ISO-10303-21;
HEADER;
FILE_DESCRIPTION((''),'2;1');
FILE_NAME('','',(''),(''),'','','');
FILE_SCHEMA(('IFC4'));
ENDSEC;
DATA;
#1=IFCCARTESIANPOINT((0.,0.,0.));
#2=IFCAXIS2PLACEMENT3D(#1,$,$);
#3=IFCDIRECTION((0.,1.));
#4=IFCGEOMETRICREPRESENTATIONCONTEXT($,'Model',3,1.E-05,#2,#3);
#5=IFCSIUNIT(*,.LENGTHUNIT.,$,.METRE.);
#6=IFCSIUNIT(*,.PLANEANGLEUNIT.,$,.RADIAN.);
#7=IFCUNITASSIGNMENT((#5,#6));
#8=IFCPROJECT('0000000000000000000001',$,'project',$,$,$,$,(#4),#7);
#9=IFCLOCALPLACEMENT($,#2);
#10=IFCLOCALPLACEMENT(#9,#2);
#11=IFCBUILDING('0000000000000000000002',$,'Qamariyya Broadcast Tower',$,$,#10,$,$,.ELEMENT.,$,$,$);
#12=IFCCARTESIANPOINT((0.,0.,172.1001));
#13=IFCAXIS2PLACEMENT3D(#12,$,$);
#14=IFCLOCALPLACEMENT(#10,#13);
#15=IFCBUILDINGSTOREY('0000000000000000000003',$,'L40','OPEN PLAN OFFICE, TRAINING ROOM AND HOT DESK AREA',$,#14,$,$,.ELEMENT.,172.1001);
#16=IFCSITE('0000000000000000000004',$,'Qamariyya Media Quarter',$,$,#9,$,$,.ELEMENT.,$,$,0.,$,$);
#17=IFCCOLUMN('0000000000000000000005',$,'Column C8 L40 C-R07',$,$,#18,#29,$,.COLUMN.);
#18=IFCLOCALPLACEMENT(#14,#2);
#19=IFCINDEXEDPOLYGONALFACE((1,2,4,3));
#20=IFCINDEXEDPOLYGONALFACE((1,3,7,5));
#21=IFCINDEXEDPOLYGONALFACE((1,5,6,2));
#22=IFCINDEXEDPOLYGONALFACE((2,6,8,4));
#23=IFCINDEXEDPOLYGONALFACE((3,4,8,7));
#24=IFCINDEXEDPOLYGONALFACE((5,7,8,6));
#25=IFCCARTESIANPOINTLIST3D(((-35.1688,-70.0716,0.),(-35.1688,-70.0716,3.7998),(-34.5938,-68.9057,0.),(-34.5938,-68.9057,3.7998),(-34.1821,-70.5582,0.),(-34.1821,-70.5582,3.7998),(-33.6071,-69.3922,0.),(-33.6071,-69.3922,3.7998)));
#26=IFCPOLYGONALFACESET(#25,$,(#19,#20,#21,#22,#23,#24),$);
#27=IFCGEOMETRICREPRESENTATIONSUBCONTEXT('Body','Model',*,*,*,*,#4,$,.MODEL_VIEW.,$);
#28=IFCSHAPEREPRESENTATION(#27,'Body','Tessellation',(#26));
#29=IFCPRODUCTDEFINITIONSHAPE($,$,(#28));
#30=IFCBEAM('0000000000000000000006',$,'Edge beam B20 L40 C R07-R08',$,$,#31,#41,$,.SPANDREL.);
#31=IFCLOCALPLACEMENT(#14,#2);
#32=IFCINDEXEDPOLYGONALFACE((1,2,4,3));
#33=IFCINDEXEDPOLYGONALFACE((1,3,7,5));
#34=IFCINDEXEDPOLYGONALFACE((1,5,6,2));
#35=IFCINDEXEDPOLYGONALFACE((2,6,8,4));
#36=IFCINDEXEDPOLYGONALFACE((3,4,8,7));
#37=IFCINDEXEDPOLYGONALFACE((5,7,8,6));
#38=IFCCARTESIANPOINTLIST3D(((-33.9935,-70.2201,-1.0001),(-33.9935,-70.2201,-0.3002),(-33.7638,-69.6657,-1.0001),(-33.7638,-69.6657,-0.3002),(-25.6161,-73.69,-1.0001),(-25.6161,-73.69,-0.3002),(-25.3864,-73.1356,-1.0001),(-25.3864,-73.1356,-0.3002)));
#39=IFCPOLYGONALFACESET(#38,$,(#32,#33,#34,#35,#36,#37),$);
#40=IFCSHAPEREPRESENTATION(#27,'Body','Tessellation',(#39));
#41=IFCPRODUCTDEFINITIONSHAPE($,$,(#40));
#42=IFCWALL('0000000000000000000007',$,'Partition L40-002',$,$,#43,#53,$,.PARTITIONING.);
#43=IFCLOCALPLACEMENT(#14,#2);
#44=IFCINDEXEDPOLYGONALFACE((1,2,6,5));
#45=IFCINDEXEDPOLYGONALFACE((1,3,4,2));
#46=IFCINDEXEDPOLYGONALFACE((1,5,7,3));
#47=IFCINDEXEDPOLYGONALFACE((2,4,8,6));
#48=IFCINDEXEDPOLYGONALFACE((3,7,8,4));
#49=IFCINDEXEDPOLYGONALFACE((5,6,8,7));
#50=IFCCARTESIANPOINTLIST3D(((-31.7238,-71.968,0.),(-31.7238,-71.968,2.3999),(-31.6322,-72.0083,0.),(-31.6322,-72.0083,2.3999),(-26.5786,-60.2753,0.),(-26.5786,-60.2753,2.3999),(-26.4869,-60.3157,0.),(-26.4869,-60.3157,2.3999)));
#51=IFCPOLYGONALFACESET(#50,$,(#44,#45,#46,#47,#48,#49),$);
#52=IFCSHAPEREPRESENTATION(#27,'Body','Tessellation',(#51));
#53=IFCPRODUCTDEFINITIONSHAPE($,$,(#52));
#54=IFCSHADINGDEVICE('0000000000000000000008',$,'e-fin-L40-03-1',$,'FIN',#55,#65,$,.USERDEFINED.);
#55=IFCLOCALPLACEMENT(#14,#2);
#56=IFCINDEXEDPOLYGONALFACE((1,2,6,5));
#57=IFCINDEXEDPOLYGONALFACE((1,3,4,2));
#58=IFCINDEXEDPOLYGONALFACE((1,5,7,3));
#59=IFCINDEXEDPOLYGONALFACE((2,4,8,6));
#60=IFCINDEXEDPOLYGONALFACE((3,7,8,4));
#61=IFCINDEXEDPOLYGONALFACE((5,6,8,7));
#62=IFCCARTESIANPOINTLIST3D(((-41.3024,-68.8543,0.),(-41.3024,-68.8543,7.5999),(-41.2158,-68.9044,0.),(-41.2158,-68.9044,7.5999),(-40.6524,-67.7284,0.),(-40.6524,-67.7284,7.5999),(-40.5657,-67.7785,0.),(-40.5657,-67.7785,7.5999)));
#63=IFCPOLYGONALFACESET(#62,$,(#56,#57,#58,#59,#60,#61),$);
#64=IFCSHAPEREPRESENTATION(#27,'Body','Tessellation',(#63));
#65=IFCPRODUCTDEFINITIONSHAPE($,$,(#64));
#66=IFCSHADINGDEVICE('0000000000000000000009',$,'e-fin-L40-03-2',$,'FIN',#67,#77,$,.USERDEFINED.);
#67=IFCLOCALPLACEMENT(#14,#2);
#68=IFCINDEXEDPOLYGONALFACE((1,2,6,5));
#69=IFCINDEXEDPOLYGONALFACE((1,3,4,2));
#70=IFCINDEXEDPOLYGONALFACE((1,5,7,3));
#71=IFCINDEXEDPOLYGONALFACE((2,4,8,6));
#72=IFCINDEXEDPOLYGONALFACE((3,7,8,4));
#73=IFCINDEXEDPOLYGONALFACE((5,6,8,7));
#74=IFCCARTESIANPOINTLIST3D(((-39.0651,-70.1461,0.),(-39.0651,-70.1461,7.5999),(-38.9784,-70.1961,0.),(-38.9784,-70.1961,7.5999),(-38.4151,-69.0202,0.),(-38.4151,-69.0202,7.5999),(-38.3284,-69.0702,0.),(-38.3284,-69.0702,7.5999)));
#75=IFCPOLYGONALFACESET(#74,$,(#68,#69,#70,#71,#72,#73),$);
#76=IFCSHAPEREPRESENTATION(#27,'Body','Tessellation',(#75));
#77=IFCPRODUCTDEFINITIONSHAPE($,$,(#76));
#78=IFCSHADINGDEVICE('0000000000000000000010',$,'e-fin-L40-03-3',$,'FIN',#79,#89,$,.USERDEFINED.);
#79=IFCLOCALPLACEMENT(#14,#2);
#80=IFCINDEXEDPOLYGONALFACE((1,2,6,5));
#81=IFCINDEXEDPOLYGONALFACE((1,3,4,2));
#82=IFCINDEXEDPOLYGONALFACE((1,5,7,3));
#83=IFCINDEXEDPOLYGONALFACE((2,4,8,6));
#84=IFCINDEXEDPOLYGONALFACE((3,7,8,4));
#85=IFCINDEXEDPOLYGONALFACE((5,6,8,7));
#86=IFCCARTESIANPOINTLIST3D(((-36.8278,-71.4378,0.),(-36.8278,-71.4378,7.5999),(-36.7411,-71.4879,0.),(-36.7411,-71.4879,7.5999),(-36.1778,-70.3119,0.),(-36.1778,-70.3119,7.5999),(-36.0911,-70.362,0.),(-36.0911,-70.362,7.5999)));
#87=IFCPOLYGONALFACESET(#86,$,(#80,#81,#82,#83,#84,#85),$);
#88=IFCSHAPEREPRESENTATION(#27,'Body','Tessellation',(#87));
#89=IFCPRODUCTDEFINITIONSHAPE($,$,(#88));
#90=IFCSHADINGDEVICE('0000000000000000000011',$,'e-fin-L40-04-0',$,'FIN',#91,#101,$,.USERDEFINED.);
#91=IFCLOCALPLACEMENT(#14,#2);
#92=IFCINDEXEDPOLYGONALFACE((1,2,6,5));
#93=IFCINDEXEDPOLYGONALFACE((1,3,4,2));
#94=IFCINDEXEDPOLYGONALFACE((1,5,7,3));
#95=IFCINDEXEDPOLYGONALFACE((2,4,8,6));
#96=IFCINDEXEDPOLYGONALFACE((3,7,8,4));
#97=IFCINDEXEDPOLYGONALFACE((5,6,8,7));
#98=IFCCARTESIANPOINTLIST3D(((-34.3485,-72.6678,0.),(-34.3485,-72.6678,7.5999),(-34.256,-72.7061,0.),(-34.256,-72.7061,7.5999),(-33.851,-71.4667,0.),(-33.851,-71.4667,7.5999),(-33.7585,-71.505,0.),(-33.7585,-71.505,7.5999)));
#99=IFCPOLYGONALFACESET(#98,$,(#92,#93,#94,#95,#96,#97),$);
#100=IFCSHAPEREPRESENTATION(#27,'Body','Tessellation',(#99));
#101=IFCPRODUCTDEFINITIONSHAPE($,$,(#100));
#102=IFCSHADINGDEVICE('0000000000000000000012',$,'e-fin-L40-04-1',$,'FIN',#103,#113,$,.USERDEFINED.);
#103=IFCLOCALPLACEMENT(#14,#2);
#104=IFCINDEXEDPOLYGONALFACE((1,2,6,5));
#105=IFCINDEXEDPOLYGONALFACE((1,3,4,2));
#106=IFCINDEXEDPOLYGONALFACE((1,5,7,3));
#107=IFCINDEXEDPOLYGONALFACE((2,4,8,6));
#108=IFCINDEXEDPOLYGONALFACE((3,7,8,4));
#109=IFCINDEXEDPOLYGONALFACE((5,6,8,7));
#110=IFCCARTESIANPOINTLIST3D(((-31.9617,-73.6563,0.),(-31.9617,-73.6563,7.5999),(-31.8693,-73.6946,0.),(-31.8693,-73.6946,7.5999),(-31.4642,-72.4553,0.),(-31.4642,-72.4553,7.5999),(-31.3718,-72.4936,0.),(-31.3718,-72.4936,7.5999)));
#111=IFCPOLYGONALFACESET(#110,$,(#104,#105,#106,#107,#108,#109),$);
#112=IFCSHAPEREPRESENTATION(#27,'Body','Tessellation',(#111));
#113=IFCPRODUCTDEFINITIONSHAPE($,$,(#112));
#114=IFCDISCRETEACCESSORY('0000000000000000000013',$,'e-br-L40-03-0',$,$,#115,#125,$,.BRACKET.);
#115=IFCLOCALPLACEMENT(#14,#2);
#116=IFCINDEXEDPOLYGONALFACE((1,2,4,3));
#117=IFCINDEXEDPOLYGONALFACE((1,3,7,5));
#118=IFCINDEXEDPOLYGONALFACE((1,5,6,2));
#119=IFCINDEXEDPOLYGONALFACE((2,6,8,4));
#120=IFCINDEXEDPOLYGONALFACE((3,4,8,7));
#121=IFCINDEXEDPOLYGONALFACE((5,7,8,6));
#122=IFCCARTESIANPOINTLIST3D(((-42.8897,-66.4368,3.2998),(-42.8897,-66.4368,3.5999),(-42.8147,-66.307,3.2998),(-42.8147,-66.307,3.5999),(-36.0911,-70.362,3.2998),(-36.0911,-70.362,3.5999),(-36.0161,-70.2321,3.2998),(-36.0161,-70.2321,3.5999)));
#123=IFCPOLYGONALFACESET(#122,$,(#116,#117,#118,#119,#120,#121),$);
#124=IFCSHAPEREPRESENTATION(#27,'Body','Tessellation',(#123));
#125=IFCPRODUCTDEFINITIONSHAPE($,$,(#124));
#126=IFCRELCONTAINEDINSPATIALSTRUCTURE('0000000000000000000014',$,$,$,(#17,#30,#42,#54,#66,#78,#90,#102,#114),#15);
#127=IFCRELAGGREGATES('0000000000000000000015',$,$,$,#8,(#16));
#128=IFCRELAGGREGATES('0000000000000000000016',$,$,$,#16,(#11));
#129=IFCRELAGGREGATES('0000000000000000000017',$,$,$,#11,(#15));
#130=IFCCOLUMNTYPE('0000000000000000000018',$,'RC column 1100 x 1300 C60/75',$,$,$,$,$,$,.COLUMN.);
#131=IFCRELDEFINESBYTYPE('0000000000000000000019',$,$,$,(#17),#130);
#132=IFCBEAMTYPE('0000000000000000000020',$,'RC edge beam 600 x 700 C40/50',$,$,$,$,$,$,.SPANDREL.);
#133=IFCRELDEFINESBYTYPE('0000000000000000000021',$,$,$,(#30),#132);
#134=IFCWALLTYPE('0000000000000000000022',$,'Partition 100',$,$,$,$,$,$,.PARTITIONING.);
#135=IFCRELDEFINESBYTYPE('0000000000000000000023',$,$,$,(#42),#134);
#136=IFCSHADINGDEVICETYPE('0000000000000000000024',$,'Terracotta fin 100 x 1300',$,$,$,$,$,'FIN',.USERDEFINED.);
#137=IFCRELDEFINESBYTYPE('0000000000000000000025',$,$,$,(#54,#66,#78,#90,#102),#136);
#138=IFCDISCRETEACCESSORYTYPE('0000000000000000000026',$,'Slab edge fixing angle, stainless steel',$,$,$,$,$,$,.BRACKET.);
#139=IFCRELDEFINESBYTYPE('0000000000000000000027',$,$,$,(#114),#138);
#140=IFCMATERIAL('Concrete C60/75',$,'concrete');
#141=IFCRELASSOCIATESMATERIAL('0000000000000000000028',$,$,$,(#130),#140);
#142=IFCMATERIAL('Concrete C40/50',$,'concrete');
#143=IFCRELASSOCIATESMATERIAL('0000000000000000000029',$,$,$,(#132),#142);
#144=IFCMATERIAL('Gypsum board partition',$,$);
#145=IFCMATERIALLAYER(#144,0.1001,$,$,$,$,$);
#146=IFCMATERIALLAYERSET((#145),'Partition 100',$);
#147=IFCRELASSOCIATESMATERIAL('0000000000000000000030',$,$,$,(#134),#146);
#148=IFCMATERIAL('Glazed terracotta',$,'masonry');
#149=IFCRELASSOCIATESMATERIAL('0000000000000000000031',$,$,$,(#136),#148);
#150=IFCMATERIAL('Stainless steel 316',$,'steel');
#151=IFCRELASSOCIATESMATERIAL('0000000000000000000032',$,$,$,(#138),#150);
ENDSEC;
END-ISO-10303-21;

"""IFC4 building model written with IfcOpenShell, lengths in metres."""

from ifc_helpers import new_model, si_unit, direction, frame, frame_2d, origin, origin_2d, place, context, subcontext, project, spatial, rectangle, extrude, material, layer, layer_set, material_profile, profile_set, type_object, element, save


model = new_model("IFC4")

# Units and contexts
model_context = context("Model", 3, precision=1e-05, world=origin(), true_north=direction((0.0, 1.0)))
body_context = subcontext(model_context, "Body", "Model", "MODEL_VIEW")
ifc_project = project(units=[si_unit("LENGTHUNIT", "METRE"), si_unit("PLANEANGLEUNIT", "RADIAN")], contexts=[model_context])

# Site, building, storey
site_placement = place(None, origin())
site = spatial("IfcSite", under=ifc_project, at=site_placement, Name="Qamariyya Media Quarter", CompositionType="ELEMENT", RefElevation=0.0)
building_placement = place(site_placement, origin())
building = spatial("IfcBuilding", under=site, at=building_placement, Name="Qamariyya Broadcast Tower", CompositionType="ELEMENT")
storey_placement = place(building_placement, frame((0.0, 0.0, 172.1001)))
storey = spatial("IfcBuildingStorey", under=building, at=storey_placement, Name="L40", Description="OPEN PLAN OFFICE, TRAINING ROOM AND HOT DESK AREA", CompositionType="ELEMENT", Elevation=172.1001)

# Column
ifc_material_1 = material(Name="Concrete C60/75", Category="concrete")
ifc_material_profile_1 = material_profile(ifc_material_1, rectangle(XDim=1.1001, YDim=1.3, at=origin_2d()))
ifc_profile_set_1 = profile_set([ifc_material_profile_1], Name="Concrete C60/75")
column_type = type_object("IfcColumnType", Name="RC column 1100 x 1300 C60/75", PredefinedType="COLUMN", material=ifc_profile_set_1)
column_placement = place(storey_placement, frame((-34.3879, -69.7319, 0.0), z_axis=(0.0, 0.0, 1.0), x_axis=(0.896873, -0.442289, 0.0)))
element("IfcColumn", 1, at=column_placement, inside=storey, type_object=column_type, Name="Column C8 L40 C-R07", PredefinedType="COLUMN", context=body_context, shape_type="SweptSolid", body=[
    extrude(rectangle(XDim=1.1001, YDim=1.3, at=origin_2d()), origin(), (0.0, 0.0, 1.0), 3.7998),
])

# Beam
ifc_material_2 = material(Name="Concrete C40/50", Category="concrete")
ifc_material_profile_2 = material_profile(ifc_material_2, rectangle(XDim=0.6001, YDim=0.7, at=origin_2d()))
ifc_profile_set_2 = profile_set([ifc_material_profile_2], Name="Concrete C40/50")
beam_type = type_object("IfcBeamType", Name="RC edge beam 600 x 700 C40/50", PredefinedType="SPANDREL", material=ifc_profile_set_2)
beam_placement = place(storey_placement, frame((-33.8787, -69.9429, -0.6501), z_axis=(0.923883, -0.382676, 0.0), x_axis=(0.382676, 0.923883, 0.0)))
element("IfcBeam", 2, at=beam_placement, inside=storey, type_object=beam_type, Name="Edge beam B20 L40 C R07-R08", PredefinedType="SPANDREL", context=body_context, shape_type="SweptSolid", body=[
    extrude(rectangle(XDim=0.6001, YDim=0.7, at=origin_2d()), origin(), (0.0, 0.0, 1.0), 9.0676),
])

# Wall
ifc_material_3 = material(Name="Gypsum board partition")
ifc_layer = layer(ifc_material_3, 0.1001)
ifc_layer_set = layer_set([ifc_layer], Name="Partition 100")
wall_type = type_object("IfcWallType", Name="Partition 100", PredefinedType="PARTITIONING", material=ifc_layer_set)
wall_placement = place(storey_placement, frame((-31.678, -71.988, 0.0), z_axis=(0.0, 0.0, 1.0), x_axis=(0.402772, 0.9153, 0.0)))
element("IfcWall", 3, at=wall_placement, inside=storey, type_object=wall_type, Name="Partition L40-002", PredefinedType="PARTITIONING", context=body_context, shape_type="SweptSolid", body=[
    extrude(rectangle(XDim=12.7747, YDim=0.1001, at=frame_2d((6.3872, 0.0))), origin(), (0.0, 0.0, 1.0), 2.3999),
])

# Shading devices
ifc_material_4 = material(Name="Glazed terracotta", Category="masonry")
ifc_material_profile_3 = material_profile(ifc_material_4, rectangle(XDim=1.3, YDim=0.1001, at=origin_2d()))
ifc_profile_set_3 = profile_set([ifc_material_profile_3], Name="Glazed terracotta")
shading_device_type = type_object("IfcShadingDeviceType", Name="Terracotta fin 100 x 1300", ElementType="FIN", PredefinedType="USERDEFINED", material=ifc_profile_set_3)
for number, where, z_axis, x_axis, name in (
    (4, (-40.9341, -68.3164, 0.0), (0.0, 0.0, 1.0), (-0.5, -0.866025, 0.0), "e-fin-L40-03-1"),
    (5, (-38.6968, -69.6082, 0.0), (0.0, 0.0, 1.0), (-0.5, -0.866025, 0.0), "e-fin-L40-03-2"),
    (6, (-36.4595, -70.8999, 0.0), (0.0, 0.0, 1.0), (-0.5, -0.866025, 0.0), "e-fin-L40-03-3"),
    (7, (-34.0535, -72.0864, 0.0), (0.0, 0.0, 1.0), (-0.382683, -0.92388, 0.0), "e-fin-L40-04-0"),
    (8, (-31.6667, -73.075, 0.0), (0.0, 0.0, 1.0), (-0.382683, -0.92388, 0.0), "e-fin-L40-04-1"),
):
    element("IfcShadingDevice", number, at=place(storey_placement, frame(where, z_axis=z_axis, x_axis=x_axis)), inside=storey, type_object=shading_device_type, Name=name, ObjectType="FIN", PredefinedType="USERDEFINED", context=body_context, shape_type="SweptSolid", body=[
        extrude(rectangle(XDim=1.3, YDim=0.1001, at=origin_2d()), origin(), (0.0, 0.0, 1.0), 7.5999),
    ])

# Discrete accessory
ifc_material_5 = material(Name="Stainless steel 316", Category="steel")
discrete_accessory_type = type_object("IfcDiscreteAccessoryType", Name="Slab edge fixing angle, stainless steel", PredefinedType="BRACKET", material=ifc_material_5)
discrete_accessory_placement = place(storey_placement, frame((-39.4529, -68.3345, 3.2998), z_axis=(0.0, 0.0, 1.0), x_axis=(0.866025, -0.5, 0.0)))
element("IfcDiscreteAccessory", 9, at=discrete_accessory_placement, inside=storey, type_object=discrete_accessory_type, Name="e-br-L40-03-0", PredefinedType="BRACKET", context=body_context, shape_type="SweptSolid", body=[
    extrude(rectangle(XDim=7.8503, YDim=0.1499, at=origin_2d()), origin(), (0.0, 0.0, 1.0), 0.3),
])

save(model, "model.ifc")
